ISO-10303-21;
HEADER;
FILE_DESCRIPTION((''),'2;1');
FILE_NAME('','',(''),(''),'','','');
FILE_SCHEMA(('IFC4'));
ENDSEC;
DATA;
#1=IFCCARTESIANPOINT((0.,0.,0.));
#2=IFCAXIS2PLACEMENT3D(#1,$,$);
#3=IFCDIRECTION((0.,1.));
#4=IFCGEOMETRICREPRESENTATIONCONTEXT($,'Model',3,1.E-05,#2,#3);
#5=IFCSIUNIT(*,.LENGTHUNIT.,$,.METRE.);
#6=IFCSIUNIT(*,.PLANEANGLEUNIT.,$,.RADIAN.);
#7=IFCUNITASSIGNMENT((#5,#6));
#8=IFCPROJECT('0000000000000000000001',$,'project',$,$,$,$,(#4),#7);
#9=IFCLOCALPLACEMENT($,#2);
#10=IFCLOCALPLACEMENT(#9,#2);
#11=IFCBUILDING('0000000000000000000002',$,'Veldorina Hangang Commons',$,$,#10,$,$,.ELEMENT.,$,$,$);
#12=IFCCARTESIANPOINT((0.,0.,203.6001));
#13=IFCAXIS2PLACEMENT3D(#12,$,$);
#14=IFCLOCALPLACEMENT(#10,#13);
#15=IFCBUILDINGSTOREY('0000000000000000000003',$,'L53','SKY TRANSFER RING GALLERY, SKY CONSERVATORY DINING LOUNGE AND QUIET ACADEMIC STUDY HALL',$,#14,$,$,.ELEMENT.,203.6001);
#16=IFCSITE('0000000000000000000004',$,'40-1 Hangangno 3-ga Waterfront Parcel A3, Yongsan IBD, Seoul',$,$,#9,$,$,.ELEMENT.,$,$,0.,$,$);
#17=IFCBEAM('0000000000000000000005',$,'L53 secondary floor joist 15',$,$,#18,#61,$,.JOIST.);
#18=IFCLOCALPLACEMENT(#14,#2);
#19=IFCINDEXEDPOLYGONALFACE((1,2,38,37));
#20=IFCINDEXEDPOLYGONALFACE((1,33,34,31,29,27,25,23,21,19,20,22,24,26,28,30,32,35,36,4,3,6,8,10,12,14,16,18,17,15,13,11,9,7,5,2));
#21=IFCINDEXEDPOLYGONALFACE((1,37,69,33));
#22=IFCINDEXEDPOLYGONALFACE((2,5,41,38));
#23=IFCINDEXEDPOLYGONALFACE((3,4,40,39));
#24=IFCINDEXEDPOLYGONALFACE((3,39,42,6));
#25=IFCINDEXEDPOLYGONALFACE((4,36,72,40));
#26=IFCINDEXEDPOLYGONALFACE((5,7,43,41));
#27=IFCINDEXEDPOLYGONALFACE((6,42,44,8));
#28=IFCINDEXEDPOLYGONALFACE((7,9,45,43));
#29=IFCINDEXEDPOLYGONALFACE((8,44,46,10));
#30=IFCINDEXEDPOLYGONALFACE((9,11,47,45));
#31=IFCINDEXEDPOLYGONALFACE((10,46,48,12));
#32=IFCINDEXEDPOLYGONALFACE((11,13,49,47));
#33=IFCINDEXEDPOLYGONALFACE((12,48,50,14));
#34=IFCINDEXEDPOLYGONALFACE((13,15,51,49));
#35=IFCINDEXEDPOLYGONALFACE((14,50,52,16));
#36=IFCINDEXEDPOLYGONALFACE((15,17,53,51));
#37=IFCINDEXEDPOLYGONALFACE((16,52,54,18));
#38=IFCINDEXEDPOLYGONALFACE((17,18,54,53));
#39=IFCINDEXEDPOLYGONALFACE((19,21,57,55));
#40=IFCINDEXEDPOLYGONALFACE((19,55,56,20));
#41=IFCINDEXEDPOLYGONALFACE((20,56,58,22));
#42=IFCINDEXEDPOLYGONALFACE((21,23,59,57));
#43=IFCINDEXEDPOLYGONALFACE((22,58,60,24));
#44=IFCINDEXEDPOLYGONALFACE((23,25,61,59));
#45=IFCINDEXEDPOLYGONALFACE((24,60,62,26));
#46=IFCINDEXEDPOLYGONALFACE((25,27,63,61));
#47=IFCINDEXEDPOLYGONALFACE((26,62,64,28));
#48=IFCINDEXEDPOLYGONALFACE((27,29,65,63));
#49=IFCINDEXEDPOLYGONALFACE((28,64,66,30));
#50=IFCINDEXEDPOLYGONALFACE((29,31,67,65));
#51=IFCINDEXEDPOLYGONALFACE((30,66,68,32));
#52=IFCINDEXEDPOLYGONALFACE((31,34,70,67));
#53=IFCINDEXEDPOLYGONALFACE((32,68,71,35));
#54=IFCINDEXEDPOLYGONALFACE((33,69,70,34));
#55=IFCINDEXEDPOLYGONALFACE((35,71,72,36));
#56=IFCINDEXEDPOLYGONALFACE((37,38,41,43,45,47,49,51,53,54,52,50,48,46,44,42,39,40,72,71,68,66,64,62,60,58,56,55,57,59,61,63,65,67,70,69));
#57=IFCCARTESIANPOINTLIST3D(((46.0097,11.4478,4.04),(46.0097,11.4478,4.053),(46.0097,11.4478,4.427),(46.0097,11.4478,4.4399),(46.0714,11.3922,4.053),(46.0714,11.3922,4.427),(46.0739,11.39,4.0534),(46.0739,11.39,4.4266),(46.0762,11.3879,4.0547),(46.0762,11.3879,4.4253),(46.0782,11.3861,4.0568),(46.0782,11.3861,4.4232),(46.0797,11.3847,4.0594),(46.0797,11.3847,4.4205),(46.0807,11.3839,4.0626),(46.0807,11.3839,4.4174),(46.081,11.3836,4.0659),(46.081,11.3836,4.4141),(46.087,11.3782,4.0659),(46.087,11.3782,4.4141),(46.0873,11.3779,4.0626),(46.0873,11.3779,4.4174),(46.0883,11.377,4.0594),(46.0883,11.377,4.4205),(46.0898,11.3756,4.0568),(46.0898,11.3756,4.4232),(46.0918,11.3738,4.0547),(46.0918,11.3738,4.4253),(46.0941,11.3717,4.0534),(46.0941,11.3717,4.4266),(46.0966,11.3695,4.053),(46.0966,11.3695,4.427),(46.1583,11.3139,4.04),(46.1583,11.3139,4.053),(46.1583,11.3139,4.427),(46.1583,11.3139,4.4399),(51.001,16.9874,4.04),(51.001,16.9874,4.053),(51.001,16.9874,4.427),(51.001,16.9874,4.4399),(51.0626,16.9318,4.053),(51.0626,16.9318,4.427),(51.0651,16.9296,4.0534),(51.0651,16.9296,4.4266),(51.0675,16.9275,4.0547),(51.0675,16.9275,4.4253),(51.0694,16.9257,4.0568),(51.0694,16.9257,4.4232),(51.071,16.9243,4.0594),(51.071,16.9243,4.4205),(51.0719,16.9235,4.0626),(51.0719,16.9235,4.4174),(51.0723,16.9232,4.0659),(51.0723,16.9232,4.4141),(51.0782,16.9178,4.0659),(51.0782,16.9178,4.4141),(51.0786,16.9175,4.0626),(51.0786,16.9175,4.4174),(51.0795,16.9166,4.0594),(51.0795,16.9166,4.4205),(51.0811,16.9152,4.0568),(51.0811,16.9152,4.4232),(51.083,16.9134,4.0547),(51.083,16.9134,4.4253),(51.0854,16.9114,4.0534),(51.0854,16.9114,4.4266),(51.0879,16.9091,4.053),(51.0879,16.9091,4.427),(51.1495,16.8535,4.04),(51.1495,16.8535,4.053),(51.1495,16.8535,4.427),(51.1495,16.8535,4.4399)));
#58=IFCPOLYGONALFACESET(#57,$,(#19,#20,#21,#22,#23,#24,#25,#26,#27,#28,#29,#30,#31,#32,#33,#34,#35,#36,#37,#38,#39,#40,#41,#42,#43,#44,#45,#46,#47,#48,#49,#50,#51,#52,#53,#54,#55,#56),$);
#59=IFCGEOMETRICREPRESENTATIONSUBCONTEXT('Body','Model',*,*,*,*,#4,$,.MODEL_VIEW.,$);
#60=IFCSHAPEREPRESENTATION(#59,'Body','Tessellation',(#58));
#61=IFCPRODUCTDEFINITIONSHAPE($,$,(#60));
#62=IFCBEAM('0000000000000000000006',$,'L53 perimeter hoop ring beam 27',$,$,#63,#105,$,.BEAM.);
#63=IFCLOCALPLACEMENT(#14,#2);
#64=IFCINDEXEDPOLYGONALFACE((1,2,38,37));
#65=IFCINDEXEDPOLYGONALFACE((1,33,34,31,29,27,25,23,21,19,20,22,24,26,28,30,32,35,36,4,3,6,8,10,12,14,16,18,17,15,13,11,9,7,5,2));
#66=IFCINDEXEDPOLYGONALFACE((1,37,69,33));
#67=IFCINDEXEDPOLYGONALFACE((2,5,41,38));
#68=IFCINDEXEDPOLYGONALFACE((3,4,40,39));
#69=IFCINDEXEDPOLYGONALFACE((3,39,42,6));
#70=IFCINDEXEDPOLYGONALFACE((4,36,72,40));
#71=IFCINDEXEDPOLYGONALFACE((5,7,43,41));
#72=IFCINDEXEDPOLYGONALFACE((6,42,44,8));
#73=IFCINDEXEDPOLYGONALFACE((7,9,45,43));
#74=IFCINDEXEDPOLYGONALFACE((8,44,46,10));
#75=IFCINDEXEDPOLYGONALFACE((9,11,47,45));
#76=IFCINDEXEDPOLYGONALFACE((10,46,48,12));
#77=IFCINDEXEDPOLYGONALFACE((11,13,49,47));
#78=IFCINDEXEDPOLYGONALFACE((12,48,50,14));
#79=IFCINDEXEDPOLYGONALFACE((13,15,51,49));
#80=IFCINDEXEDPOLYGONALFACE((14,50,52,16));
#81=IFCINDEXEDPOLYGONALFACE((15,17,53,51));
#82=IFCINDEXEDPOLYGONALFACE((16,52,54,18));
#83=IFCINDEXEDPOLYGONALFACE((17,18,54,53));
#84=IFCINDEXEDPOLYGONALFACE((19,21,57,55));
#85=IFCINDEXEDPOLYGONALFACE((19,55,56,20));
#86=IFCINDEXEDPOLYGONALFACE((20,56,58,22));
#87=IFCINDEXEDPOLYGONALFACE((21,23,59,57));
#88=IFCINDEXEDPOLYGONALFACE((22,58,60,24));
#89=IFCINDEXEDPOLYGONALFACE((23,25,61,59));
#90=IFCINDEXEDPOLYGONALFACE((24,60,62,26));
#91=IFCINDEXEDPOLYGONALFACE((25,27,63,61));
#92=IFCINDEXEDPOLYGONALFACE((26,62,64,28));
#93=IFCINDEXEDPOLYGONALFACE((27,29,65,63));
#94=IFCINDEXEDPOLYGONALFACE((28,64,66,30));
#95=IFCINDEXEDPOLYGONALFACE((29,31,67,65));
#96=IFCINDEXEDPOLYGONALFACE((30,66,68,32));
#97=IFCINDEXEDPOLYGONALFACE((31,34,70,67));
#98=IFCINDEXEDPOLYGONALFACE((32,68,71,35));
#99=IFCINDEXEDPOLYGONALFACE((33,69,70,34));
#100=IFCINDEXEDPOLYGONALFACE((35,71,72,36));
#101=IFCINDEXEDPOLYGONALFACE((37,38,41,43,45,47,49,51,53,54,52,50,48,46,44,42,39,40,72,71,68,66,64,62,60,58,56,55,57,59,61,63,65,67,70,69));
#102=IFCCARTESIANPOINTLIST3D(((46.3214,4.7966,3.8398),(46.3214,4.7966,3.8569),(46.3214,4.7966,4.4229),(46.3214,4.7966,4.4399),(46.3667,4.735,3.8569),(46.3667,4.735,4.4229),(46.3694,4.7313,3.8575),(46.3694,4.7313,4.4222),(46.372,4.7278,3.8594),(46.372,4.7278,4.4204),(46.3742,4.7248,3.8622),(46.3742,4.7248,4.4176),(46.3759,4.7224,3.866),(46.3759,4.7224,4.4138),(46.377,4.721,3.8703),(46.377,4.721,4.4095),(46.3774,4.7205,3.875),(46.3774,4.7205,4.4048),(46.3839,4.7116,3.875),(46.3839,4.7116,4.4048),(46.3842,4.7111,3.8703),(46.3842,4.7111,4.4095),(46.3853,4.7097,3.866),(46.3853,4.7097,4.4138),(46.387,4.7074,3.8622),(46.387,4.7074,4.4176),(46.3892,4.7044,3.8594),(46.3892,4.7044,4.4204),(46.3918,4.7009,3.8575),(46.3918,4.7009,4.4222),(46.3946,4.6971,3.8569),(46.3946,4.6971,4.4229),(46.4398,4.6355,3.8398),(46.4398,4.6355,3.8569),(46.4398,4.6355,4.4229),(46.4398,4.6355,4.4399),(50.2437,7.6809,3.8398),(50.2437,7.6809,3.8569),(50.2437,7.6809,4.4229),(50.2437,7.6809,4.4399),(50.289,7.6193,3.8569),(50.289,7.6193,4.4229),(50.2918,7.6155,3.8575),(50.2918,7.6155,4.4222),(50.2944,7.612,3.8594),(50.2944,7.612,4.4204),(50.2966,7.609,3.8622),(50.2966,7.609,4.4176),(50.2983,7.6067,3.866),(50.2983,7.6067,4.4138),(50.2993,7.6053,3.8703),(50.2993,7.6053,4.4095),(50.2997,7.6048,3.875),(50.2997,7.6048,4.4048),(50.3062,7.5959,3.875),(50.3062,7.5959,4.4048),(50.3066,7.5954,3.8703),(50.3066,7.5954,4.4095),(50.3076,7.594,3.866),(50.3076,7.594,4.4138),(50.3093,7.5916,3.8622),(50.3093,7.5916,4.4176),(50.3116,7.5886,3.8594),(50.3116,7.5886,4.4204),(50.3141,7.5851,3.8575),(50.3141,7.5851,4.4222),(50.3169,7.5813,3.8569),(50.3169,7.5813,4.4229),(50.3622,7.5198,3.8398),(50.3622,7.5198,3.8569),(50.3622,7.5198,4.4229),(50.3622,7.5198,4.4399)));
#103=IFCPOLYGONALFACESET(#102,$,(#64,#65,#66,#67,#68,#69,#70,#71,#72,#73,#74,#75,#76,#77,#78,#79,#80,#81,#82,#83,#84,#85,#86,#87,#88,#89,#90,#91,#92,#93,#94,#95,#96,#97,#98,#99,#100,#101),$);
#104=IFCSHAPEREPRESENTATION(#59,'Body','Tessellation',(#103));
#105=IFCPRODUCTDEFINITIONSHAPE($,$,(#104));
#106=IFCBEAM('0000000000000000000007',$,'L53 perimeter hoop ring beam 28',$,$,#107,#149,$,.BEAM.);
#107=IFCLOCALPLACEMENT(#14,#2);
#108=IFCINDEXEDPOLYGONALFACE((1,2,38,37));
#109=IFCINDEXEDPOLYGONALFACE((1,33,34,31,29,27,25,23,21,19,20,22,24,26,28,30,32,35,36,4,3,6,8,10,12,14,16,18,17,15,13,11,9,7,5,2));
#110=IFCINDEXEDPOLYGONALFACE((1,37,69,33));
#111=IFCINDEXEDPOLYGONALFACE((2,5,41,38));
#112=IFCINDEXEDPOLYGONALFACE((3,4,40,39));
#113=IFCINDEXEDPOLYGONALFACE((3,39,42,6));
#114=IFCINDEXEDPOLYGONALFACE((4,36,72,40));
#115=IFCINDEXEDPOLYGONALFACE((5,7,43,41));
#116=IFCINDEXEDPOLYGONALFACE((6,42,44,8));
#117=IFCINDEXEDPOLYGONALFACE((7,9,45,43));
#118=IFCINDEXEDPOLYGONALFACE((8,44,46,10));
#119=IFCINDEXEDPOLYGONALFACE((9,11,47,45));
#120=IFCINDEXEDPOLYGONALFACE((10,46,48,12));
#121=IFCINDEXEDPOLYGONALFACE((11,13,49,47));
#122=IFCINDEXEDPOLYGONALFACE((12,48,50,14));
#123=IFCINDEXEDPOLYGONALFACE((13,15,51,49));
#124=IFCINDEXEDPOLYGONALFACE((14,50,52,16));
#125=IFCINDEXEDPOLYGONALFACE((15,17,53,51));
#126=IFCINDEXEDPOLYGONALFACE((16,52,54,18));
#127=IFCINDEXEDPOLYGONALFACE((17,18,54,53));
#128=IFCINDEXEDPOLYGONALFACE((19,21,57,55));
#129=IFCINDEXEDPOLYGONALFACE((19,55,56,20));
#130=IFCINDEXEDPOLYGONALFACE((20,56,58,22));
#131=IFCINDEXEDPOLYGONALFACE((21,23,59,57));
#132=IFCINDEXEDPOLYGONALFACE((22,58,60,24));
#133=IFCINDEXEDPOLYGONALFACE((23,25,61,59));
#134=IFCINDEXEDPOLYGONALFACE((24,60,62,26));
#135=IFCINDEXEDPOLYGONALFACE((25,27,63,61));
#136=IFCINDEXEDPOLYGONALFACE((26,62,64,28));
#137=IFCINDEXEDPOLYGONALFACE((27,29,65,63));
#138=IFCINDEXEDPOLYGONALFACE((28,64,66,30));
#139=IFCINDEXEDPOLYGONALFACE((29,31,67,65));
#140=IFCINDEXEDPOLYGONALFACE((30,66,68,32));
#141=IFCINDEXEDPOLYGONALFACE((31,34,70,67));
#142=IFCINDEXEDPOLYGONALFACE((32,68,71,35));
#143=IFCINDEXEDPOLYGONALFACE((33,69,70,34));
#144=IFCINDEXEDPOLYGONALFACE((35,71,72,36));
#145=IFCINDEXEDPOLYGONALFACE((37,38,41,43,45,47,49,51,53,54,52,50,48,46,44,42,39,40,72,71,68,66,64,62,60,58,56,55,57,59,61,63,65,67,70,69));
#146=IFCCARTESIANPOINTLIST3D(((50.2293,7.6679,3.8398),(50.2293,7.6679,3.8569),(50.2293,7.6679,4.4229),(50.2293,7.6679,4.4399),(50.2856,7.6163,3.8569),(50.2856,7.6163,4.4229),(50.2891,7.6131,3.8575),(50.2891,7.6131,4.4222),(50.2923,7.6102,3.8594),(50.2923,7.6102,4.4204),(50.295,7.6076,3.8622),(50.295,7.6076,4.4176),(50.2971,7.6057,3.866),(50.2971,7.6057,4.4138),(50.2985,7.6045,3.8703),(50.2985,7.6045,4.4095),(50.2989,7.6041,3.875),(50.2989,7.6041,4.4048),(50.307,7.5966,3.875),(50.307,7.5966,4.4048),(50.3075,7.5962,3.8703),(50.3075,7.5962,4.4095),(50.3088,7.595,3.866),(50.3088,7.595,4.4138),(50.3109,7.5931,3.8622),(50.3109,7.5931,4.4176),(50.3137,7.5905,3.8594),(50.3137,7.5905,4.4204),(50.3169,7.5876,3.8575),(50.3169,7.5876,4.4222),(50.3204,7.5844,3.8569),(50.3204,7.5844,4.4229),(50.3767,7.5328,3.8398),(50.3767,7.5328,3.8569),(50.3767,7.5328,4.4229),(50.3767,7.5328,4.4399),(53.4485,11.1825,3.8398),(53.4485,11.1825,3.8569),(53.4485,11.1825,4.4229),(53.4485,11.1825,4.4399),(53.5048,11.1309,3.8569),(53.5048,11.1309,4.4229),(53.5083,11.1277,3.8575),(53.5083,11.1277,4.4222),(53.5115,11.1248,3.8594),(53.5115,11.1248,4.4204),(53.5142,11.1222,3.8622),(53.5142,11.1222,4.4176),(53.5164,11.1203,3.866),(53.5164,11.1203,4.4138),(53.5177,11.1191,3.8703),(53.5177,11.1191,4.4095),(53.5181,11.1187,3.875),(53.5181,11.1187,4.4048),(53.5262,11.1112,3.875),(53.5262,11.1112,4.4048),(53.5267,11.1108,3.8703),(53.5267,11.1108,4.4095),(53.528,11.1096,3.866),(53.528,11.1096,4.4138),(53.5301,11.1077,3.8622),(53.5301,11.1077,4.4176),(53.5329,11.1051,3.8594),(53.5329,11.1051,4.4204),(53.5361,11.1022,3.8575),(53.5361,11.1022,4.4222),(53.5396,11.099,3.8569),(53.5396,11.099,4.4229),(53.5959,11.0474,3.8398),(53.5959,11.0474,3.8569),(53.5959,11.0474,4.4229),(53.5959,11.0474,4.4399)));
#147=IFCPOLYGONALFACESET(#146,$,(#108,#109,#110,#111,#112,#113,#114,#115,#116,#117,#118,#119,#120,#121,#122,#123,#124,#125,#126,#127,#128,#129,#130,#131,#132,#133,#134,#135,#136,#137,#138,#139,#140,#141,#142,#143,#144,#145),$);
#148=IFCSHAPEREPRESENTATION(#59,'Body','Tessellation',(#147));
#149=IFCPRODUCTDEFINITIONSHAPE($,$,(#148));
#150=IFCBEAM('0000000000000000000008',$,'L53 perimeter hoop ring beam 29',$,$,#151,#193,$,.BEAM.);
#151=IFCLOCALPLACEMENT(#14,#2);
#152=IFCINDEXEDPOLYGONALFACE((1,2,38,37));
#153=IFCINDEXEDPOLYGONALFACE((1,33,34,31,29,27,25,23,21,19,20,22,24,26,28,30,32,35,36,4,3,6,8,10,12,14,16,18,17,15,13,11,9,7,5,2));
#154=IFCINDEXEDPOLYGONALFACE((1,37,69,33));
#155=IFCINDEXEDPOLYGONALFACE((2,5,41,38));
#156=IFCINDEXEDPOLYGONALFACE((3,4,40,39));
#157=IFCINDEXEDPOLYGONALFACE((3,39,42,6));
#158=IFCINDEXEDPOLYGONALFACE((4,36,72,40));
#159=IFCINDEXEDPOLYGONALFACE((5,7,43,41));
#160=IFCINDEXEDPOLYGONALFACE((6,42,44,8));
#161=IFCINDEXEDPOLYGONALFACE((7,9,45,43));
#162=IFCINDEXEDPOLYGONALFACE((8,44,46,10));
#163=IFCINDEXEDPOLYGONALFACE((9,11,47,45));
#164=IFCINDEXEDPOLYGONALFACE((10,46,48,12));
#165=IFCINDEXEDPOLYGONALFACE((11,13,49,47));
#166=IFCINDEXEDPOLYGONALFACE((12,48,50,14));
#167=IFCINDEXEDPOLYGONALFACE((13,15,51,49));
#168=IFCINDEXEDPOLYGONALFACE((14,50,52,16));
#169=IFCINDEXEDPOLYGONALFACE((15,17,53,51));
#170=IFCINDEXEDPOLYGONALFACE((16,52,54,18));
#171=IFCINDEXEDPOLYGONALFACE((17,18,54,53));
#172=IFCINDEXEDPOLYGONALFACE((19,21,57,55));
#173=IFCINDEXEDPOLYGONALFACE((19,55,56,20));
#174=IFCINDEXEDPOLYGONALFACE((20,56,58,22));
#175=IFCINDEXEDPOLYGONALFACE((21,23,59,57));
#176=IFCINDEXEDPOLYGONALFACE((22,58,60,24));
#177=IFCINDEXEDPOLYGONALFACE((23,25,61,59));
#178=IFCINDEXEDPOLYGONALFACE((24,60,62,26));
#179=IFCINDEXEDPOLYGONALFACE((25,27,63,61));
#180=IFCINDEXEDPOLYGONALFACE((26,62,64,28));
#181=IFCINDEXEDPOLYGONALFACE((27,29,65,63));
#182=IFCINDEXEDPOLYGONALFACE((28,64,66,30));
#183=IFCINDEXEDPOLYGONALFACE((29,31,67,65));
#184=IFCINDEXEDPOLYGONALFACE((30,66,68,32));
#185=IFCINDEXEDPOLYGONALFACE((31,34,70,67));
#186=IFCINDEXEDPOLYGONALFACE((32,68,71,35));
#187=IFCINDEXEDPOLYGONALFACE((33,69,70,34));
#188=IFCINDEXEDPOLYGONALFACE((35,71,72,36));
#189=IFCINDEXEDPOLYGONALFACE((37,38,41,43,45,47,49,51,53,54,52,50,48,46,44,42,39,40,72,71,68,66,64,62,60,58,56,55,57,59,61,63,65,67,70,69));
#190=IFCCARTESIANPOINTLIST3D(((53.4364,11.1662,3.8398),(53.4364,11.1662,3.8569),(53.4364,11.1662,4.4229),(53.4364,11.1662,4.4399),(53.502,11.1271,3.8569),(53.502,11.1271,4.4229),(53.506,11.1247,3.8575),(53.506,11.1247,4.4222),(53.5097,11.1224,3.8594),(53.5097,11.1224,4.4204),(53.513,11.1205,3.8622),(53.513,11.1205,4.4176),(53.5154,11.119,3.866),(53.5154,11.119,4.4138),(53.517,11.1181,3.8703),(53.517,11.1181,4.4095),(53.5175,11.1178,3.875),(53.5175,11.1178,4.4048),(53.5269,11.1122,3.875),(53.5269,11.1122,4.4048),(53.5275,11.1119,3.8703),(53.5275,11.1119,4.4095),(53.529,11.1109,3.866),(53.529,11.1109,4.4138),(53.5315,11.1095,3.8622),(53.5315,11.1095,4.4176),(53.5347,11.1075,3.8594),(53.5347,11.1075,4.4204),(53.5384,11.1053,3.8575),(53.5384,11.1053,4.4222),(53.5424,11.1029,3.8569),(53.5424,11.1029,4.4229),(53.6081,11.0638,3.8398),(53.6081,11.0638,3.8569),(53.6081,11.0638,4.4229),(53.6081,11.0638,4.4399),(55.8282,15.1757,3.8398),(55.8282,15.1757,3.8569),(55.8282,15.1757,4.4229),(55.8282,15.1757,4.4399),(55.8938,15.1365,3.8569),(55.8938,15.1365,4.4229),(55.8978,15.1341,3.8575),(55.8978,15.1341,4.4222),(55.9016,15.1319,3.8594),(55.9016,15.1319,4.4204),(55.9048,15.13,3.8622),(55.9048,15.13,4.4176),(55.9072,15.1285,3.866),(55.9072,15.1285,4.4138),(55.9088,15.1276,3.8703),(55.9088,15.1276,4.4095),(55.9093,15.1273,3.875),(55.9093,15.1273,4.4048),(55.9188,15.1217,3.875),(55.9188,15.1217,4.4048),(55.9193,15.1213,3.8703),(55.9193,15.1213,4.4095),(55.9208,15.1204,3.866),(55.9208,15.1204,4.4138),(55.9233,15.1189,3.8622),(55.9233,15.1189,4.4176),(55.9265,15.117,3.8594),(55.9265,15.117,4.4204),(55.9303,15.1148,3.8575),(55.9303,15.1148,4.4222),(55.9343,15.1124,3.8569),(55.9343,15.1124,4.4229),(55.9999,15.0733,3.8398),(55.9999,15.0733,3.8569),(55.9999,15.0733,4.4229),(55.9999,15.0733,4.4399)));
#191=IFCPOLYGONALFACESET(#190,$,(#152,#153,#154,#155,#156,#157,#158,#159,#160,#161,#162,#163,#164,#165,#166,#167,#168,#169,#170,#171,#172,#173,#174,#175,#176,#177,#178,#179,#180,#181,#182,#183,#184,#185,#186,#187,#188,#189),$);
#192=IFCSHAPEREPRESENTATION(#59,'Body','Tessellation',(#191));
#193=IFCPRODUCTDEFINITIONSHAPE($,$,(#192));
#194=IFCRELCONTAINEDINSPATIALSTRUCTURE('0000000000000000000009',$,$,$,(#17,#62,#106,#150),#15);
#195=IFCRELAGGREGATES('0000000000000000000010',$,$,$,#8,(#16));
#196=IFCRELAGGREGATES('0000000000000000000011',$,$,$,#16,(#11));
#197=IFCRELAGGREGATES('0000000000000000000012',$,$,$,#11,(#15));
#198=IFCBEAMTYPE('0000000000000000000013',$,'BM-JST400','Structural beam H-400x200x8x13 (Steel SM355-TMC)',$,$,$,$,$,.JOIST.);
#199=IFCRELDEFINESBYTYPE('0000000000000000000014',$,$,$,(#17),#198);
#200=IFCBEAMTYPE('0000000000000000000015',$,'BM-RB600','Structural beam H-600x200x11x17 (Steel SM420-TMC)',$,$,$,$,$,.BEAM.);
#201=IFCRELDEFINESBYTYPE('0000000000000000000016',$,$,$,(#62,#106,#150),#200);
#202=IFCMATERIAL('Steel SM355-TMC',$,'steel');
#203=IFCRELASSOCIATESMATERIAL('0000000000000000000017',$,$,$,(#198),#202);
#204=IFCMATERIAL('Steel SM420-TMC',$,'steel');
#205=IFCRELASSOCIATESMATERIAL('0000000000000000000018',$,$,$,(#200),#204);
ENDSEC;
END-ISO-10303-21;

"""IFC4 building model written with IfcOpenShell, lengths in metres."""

from ifc_helpers import new_model, si_unit, direction, frame, origin, origin_2d, place, context, subcontext, project, spatial, i_section, extrude, material, material_profile, profile_set, type_object, element, save


model = new_model("IFC4")

# Units and contexts
model_context = context("Model", 3, precision=1e-05, world=origin(), true_north=direction((0.0, 1.0)))
body_context = subcontext(model_context, "Body", "Model", "MODEL_VIEW")
ifc_project = project(units=[si_unit("LENGTHUNIT", "METRE"), si_unit("PLANEANGLEUNIT", "RADIAN")], contexts=[model_context])

# Site, building, storey
site_placement = place(None, origin())
site = spatial("IfcSite", under=ifc_project, at=site_placement, Name="40-1 Hangangno 3-ga Waterfront Parcel A3, Yongsan IBD, Seoul", CompositionType="ELEMENT", RefElevation=0.0)
building_placement = place(site_placement, origin())
building = spatial("IfcBuilding", under=site, at=building_placement, Name="Veldorina Hangang Commons", CompositionType="ELEMENT")
storey_placement = place(building_placement, frame((0.0, 0.0, 203.6001)))
storey = spatial("IfcBuildingStorey", under=building, at=storey_placement, Name="L53", Description="SKY TRANSFER RING GALLERY, SKY CONSERVATORY DINING LOUNGE AND QUIET ACADEMIC STUDY HALL", CompositionType="ELEMENT", Elevation=203.6001)

# Beams
ifc_material_1 = material(Name="Steel SM355-TMC", Category="steel")
ifc_material_profile_1 = material_profile(ifc_material_1, i_section(OverallWidth=0.2, OverallDepth=0.3999, WebThickness=0.0081, FlangeThickness=0.0129, FilletRadius=0.0129, at=origin_2d()), Name="H-400x200x8x13")
ifc_profile_set_1 = profile_set([ifc_material_profile_1], Name="Steel SM355-TMC")
beam_type_1 = type_object("IfcBeamType", Name="BM-JST400", Description="Structural beam H-400x200x8x13 (Steel SM355-TMC)", PredefinedType="JOIST", material=ifc_profile_set_1)
beam_1_placement = place(storey_placement, frame((46.084, 11.3809, 4.24), z_axis=(0.669381, 0.74292, 0.0), x_axis=(-0.74292, 0.669381, 0.0)))
element("IfcBeam", 1, at=beam_1_placement, inside=storey, type_object=beam_type_1, Name="L53 secondary floor joist 15", PredefinedType="JOIST", context=body_context, shape_type="SweptSolid", body=[
    extrude(i_section(OverallWidth=0.2, OverallDepth=0.3999, WebThickness=0.0081, FlangeThickness=0.0129, FilletRadius=0.0129, at=origin_2d()), origin(), (0.0, 0.0, 1.0), 7.4565),
])
ifc_material_2 = material(Name="Steel SM420-TMC", Category="steel")
ifc_material_profile_2 = material_profile(ifc_material_2, i_section(OverallWidth=0.2, OverallDepth=0.6001, WebThickness=0.011, FlangeThickness=0.0171, FilletRadius=0.0181, at=origin_2d()), Name="H-600x200x11x17")
ifc_profile_set_2 = profile_set([ifc_material_profile_2], Name="Steel SM420-TMC")
beam_type_2 = type_object("IfcBeamType", Name="BM-RB600", Description="Structural beam H-600x200x11x17 (Steel SM420-TMC)", PredefinedType="BEAM", material=ifc_profile_set_2)
beam_2_placement = place(storey_placement, frame((46.3806, 4.7161, 4.1399), z_axis=(0.805633, 0.592415, 0.0), x_axis=(-0.592415, 0.805633, 0.0)))
element("IfcBeam", 2, at=beam_2_placement, inside=storey, type_object=beam_type_2, Name="L53 perimeter hoop ring beam 27", PredefinedType="BEAM", context=body_context, shape_type="SweptSolid", body=[
    extrude(i_section(OverallWidth=0.2, OverallDepth=0.6001, WebThickness=0.011, FlangeThickness=0.0171, FilletRadius=0.0181, at=origin_2d()), origin(), (0.0, 0.0, 1.0), 4.8687),
])
beam_3_placement = place(storey_placement, frame((50.303, 7.6003, 4.1399), z_axis=(0.675437, 0.737418, 0.0), x_axis=(-0.737418, 0.675437, 0.0)))
element("IfcBeam", 3, at=beam_3_placement, inside=storey, type_object=beam_type_2, Name="L53 perimeter hoop ring beam 28", PredefinedType="BEAM", context=body_context, shape_type="SweptSolid", body=[
    extrude(i_section(OverallWidth=0.2, OverallDepth=0.6001, WebThickness=0.011, FlangeThickness=0.0171, FilletRadius=0.0181, at=origin_2d()), origin(), (0.0, 0.0, 1.0), 4.7661),
])
beam_4_placement = place(storey_placement, frame((53.5222, 11.115, 4.1399), z_axis=(0.51231, 0.858801, 0.0), x_axis=(-0.858801, 0.51231, 0.0)))
element("IfcBeam", 4, at=beam_4_placement, inside=storey, type_object=beam_type_2, Name="L53 perimeter hoop ring beam 29", PredefinedType="BEAM", context=body_context, shape_type="SweptSolid", body=[
    extrude(i_section(OverallWidth=0.2, OverallDepth=0.6001, WebThickness=0.011, FlangeThickness=0.0171, FilletRadius=0.0181, at=origin_2d()), origin(), (0.0, 0.0, 1.0), 4.6687),
])

save(model, "model.ifc")
